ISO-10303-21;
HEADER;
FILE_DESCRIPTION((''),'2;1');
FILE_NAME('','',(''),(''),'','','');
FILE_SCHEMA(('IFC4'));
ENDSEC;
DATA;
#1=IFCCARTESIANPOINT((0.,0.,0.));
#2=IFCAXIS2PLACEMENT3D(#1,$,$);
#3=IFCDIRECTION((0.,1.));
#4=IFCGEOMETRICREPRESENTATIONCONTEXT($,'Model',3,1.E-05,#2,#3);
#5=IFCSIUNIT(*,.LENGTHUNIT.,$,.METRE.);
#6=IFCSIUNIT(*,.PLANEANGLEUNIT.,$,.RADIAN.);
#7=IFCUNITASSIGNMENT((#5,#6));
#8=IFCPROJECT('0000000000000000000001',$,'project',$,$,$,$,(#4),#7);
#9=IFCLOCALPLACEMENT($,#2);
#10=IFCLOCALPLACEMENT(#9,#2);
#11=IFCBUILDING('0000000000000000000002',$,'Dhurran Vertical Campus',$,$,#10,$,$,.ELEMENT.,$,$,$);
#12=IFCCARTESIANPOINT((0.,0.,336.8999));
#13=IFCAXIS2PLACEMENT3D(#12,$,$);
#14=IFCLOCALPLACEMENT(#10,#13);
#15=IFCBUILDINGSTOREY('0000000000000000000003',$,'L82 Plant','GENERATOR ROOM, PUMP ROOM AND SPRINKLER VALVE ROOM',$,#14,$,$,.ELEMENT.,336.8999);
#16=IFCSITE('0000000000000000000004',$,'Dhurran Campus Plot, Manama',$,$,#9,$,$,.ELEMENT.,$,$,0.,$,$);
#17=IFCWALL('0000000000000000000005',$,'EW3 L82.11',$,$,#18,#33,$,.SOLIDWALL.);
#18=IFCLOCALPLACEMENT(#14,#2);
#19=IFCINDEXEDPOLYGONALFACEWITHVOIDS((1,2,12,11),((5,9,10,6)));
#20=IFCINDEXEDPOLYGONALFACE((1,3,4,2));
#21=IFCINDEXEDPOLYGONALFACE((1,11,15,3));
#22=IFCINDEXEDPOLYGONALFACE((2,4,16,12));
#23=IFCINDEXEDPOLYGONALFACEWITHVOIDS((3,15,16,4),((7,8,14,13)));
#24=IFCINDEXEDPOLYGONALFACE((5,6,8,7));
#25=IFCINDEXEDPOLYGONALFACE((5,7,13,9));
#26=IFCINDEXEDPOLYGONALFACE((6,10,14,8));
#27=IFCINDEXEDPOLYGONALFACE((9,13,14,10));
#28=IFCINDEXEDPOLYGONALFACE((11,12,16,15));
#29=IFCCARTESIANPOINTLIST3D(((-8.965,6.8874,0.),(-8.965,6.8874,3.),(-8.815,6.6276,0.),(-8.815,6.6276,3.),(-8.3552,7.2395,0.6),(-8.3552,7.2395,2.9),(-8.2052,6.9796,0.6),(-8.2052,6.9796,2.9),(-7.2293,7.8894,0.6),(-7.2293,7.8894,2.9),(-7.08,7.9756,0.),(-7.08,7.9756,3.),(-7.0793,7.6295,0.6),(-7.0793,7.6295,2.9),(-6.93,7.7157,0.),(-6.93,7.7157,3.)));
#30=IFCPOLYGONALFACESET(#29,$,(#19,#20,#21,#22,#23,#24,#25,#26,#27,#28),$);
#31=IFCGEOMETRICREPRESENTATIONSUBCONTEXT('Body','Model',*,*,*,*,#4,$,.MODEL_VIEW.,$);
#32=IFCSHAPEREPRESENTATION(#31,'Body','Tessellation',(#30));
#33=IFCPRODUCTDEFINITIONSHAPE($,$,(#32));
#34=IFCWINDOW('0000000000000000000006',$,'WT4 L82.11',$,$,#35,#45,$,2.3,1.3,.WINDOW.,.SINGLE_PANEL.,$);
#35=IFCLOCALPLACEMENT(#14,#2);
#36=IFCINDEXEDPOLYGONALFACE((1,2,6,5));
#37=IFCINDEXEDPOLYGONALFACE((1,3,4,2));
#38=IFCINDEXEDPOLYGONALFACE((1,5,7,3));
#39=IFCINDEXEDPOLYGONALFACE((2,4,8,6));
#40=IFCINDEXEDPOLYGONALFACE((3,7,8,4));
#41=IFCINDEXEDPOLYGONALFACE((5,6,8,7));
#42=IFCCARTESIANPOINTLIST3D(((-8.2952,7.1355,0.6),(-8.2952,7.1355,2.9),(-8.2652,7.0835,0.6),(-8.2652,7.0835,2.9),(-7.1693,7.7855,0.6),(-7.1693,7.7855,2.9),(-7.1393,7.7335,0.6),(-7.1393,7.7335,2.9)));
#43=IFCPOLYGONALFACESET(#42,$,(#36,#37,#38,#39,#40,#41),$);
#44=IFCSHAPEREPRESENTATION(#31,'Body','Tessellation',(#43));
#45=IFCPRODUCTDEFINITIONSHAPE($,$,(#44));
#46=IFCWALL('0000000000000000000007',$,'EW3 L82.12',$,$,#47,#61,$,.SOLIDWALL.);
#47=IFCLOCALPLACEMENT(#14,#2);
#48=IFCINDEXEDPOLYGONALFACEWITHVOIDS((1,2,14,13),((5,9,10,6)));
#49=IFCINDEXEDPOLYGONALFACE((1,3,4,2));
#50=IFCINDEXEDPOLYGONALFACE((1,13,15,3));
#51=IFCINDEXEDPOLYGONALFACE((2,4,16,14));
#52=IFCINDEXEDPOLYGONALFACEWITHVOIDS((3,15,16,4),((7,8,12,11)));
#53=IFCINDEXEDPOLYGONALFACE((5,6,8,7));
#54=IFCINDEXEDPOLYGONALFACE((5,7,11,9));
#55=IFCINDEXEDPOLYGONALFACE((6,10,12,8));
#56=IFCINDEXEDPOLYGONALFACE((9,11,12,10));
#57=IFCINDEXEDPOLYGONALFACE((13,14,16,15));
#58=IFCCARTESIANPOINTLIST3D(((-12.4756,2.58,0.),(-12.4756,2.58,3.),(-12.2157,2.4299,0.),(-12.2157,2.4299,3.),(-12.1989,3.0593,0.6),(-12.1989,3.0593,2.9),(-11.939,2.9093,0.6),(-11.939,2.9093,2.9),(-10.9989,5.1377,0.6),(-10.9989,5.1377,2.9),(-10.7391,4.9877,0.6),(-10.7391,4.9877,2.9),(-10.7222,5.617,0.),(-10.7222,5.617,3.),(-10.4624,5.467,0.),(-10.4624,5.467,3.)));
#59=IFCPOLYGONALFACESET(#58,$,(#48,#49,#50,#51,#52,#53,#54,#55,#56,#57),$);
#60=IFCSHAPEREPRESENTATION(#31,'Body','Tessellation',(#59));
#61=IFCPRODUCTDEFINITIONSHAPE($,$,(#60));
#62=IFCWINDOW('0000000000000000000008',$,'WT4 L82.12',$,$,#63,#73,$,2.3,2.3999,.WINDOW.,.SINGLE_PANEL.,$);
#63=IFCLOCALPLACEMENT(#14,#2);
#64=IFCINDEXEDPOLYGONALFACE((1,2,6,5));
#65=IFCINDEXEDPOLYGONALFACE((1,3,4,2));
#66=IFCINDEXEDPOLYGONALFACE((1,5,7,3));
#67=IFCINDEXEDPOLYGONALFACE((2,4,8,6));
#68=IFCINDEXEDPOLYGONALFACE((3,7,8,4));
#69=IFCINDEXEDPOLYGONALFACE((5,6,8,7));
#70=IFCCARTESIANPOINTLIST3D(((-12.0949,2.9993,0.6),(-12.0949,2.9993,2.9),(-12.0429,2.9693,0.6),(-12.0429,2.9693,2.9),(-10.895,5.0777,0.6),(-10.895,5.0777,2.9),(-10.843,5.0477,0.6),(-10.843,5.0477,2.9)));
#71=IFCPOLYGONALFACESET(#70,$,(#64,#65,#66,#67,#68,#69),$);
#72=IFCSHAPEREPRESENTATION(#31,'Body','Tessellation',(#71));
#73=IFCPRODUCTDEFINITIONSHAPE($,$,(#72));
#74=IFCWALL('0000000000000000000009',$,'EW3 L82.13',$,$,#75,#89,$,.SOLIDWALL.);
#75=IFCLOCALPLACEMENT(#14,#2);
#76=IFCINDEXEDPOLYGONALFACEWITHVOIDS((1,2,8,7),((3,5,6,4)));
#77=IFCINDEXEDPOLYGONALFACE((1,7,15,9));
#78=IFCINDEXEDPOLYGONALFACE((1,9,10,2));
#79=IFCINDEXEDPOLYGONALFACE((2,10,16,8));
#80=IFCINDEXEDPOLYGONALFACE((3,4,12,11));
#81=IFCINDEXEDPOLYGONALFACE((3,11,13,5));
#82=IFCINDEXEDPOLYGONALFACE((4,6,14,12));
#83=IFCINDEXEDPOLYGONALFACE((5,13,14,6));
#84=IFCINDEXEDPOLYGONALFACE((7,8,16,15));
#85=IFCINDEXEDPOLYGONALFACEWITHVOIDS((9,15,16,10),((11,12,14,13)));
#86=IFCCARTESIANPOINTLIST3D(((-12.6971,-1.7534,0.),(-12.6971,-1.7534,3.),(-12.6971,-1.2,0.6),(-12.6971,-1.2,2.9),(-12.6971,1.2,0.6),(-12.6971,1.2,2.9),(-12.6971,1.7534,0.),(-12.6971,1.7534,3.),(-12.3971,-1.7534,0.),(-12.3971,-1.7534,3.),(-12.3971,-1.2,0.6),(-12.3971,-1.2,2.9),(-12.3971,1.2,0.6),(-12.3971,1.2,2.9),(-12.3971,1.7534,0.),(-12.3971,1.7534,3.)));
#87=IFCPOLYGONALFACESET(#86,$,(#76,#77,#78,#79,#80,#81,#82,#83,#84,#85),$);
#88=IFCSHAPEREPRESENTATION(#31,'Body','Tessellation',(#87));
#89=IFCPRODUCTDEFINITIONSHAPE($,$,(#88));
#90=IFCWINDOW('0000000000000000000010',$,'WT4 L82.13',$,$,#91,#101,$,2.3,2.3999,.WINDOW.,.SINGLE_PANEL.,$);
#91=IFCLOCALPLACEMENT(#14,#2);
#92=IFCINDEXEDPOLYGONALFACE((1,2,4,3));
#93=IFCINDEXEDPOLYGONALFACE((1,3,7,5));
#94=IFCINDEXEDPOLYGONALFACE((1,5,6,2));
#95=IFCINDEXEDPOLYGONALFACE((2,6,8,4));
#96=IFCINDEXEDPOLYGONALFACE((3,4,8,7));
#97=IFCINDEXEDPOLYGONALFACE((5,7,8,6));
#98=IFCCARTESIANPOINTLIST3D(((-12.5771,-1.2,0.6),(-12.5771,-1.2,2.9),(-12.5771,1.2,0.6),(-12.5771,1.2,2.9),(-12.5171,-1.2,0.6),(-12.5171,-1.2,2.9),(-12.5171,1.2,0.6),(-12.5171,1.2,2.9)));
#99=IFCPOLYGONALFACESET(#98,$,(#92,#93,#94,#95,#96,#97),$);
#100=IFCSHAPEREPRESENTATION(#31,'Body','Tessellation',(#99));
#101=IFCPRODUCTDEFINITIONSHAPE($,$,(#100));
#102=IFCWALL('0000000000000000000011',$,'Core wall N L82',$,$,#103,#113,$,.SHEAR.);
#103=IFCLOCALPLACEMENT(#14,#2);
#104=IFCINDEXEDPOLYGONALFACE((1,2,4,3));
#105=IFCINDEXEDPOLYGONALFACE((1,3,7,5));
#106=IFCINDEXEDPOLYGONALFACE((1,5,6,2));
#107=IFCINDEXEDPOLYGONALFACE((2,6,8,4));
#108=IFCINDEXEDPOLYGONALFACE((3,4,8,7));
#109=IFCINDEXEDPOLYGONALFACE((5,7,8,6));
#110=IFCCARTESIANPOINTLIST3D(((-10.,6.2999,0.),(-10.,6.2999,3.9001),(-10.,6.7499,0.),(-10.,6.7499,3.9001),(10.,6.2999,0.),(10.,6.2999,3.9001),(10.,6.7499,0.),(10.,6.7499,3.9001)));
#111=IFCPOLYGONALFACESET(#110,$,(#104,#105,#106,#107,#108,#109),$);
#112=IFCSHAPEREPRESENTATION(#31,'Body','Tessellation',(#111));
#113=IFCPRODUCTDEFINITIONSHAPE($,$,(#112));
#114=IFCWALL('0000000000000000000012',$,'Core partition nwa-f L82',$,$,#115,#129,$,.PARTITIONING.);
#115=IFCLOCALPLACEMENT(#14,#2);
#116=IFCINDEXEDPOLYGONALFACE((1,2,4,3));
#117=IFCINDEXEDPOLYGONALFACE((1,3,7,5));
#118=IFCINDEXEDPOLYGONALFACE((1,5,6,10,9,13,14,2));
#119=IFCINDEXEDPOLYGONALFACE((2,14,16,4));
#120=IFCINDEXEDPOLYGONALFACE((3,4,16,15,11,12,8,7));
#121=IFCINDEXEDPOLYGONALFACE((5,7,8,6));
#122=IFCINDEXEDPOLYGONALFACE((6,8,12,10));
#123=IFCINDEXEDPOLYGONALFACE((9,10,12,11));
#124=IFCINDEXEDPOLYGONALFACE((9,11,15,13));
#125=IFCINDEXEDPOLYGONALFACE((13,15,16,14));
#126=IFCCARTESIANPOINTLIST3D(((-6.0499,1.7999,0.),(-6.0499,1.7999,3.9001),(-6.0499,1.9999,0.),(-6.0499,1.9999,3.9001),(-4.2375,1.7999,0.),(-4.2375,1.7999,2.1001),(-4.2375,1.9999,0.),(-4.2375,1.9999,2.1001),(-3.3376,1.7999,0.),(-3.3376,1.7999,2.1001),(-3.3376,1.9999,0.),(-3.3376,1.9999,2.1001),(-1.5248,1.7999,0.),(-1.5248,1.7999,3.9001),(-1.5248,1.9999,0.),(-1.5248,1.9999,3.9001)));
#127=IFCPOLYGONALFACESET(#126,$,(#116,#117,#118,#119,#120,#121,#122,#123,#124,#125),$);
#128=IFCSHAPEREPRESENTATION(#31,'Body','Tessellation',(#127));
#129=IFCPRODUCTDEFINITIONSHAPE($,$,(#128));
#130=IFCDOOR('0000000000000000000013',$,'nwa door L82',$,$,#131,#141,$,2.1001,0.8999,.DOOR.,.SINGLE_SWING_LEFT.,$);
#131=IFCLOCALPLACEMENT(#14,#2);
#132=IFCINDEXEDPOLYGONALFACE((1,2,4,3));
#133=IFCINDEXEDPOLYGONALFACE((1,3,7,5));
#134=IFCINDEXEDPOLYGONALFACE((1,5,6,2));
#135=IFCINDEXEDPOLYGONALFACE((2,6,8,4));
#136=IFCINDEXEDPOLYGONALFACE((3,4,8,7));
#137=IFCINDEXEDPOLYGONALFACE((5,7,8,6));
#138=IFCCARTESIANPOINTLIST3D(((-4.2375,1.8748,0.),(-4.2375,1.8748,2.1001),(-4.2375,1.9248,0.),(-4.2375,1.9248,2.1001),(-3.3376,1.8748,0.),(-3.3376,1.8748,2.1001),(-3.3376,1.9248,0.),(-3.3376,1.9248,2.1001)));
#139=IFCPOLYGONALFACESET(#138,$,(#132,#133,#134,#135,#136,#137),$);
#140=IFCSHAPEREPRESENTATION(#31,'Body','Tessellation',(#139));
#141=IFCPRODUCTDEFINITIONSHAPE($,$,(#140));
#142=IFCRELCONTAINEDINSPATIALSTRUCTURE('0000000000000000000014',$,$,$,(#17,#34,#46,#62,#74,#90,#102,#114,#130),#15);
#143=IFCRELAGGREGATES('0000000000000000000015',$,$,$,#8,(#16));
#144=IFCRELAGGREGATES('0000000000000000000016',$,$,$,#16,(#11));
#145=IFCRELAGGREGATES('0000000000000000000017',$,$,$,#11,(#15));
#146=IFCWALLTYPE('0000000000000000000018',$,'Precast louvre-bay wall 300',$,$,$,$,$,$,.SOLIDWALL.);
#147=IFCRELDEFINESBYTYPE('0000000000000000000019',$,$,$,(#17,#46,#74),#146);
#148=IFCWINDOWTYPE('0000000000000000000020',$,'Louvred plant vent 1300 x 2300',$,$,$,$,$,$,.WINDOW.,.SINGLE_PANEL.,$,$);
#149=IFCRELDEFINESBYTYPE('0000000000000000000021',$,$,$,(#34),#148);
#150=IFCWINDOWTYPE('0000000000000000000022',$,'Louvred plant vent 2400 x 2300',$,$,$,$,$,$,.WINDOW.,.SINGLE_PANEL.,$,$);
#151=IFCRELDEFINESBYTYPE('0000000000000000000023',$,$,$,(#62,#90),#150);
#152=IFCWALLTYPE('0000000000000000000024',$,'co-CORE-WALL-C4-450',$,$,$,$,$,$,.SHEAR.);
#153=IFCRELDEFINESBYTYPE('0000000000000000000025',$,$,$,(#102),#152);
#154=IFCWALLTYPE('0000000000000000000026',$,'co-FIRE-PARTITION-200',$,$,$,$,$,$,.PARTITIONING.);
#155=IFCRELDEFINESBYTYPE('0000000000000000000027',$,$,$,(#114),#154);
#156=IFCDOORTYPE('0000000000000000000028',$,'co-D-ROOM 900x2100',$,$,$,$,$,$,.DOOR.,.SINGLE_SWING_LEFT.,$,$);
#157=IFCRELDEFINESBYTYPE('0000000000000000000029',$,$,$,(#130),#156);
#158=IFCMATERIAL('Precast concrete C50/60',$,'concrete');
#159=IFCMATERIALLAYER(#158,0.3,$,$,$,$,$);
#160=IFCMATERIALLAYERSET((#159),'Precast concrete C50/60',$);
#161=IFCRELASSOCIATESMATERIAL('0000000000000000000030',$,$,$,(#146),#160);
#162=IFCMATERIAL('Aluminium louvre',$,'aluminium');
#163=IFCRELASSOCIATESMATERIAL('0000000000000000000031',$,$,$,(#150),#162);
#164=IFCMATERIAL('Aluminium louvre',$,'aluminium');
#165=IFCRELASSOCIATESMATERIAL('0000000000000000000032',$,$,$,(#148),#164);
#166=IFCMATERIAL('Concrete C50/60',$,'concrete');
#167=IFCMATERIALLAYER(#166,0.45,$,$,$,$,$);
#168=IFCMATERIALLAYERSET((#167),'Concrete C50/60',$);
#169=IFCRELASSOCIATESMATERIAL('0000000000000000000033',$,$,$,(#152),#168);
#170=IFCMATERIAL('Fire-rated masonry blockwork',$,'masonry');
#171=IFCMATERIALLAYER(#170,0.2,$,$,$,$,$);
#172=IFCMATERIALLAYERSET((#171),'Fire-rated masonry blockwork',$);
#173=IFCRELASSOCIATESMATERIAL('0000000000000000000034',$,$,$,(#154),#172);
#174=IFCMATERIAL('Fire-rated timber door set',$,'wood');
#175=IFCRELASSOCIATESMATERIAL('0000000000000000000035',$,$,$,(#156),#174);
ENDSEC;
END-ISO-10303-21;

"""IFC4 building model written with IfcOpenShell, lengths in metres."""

from ifc_helpers import new_model, si_unit, direction, frame, frame_2d, origin, place, context, subcontext, project, spatial, rectangle, extrude, material, layer, layer_set, type_object, element, fill, save


model = new_model("IFC4")

# Units and contexts
model_context = context("Model", 3, precision=1e-05, world=origin(), true_north=direction((0.0, 1.0)))
body_context = subcontext(model_context, "Body", "Model", "MODEL_VIEW")
ifc_project = project(units=[si_unit("LENGTHUNIT", "METRE"), si_unit("PLANEANGLEUNIT", "RADIAN")], contexts=[model_context])

# Site, building, storey
site_placement = place(None, origin())
site = spatial("IfcSite", under=ifc_project, at=site_placement, Name="Dhurran Campus Plot, Manama", CompositionType="ELEMENT", RefElevation=0.0)
building_placement = place(site_placement, origin())
building = spatial("IfcBuilding", under=site, at=building_placement, Name="Dhurran Vertical Campus", CompositionType="ELEMENT")
storey_placement = place(building_placement, frame((0.0, 0.0, 336.8999)))
storey = spatial("IfcBuildingStorey", under=building, at=storey_placement, Name="L82 Plant", Description="GENERATOR ROOM, PUMP ROOM AND SPRINKLER VALVE ROOM", CompositionType="ELEMENT", Elevation=336.8999)

# Walls, openings, windows
ifc_material_1 = material(Name="Precast concrete C50/60", Category="concrete")
ifc_layer_1 = layer(ifc_material_1, 0.3)
ifc_layer_set_1 = layer_set([ifc_layer_1], Name="Precast concrete C50/60")
wall_type_1 = type_object("IfcWallType", Name="Precast louvre-bay wall 300", PredefinedType="SOLIDWALL", material=ifc_layer_set_1)
ifc_material_2 = material(Name="Aluminium louvre", Category="aluminium")
window_type_1 = type_object("IfcWindowType", Name="Louvred plant vent 2400 x 2300", PartitioningType="SINGLE_PANEL", PredefinedType="WINDOW", material=ifc_material_2)
wall_1_placement = place(storey_placement, frame((-7.0049, 7.8457, 0.0), z_axis=(0.0, 0.0, 1.0), x_axis=(-0.86606, -0.499939, 0.0)))
wall_1 = element("IfcWall", 1, at=wall_1_placement, inside=storey, type_object=wall_type_1, Name="EW3 L82.11", PredefinedType="SOLIDWALL", context=body_context, shape_type="SweptSolid", body=[
    extrude(rectangle(XDim=2.1765, YDim=0.3, at=frame_2d((1.0884, 0.0))), origin(), (0.0, 0.0, 1.0), 3.0),
])
opening_1_placement = place(wall_1_placement, frame((0.1726, 0.0, 0.6001)))
opening_1 = element("IfcOpeningElement", 2, at=opening_1_placement, cuts=wall_1, PredefinedType="OPENING", context=body_context, shape_type="SweptSolid", body=[
    extrude(rectangle(XDim=1.3, YDim=2.3, at=frame_2d((0.6499, 1.1499))), frame((0.0, 0.1599, 0.0), z_axis=(0.0, -1.0, 0.0), x_axis=(1.0, 0.0, 0.0)), (0.0, 0.0, 1.0), 0.3201),
])
ifc_material_3 = material(Name="Aluminium louvre", Category="aluminium")
window_type_2 = type_object("IfcWindowType", Name="Louvred plant vent 1300 x 2300", PartitioningType="SINGLE_PANEL", PredefinedType="WINDOW", material=ifc_material_3)
window_1_placement = place(opening_1_placement, origin())
window_1 = element("IfcWindow", 3, at=window_1_placement, inside=storey, type_object=window_type_2, Name="WT4 L82.11", OverallHeight=2.3, OverallWidth=1.3, PartitioningType="SINGLE_PANEL", PredefinedType="WINDOW", context=body_context, shape_type="SweptSolid", body=[
    extrude(rectangle(XDim=1.3, YDim=2.3, at=frame_2d((0.6499, 1.1499))), frame((0.0, 0.03, 0.0), z_axis=(0.0, -1.0, 0.0), x_axis=(1.0, 0.0, 0.0)), (0.0, 0.0, 1.0), 0.0601),
])
fill(opening_1, window_1)
wall_2_placement = place(storey_placement, frame((-10.5923, 5.542, 0.0), z_axis=(0.0, 0.0, 1.0), x_axis=(-0.499988, -0.866033, 0.0)))
wall_2 = element("IfcWall", 4, at=wall_2_placement, inside=storey, type_object=wall_type_1, Name="EW3 L82.12", PredefinedType="SOLIDWALL", context=body_context, shape_type="SweptSolid", body=[
    extrude(rectangle(XDim=3.5068, YDim=0.3, at=frame_2d((1.7534, 0.0))), origin(), (0.0, 0.0, 1.0), 3.0),
])
opening_2_placement = place(wall_2_placement, frame((0.5535, 0.0, 0.6001)))
opening_2 = element("IfcOpeningElement", 5, at=opening_2_placement, cuts=wall_2, PredefinedType="OPENING", context=body_context, shape_type="SweptSolid", body=[
    extrude(rectangle(XDim=2.3999, YDim=2.3, at=frame_2d((1.2, 1.1499))), frame((0.0, 0.1599, 0.0), z_axis=(0.0, -1.0, 0.0), x_axis=(1.0, 0.0, 0.0)), (0.0, 0.0, 1.0), 0.3201),
])
window_2_placement = place(opening_2_placement, origin())
window_2 = element("IfcWindow", 6, at=window_2_placement, inside=storey, type_object=window_type_1, Name="WT4 L82.12", OverallHeight=2.3, OverallWidth=2.3999, PartitioningType="SINGLE_PANEL", PredefinedType="WINDOW", context=body_context, shape_type="SweptSolid", body=[
    extrude(rectangle(XDim=2.3999, YDim=2.3, at=frame_2d((1.2, 1.1499))), frame((0.0, 0.03, 0.0), z_axis=(0.0, -1.0, 0.0), x_axis=(1.0, 0.0, 0.0)), (0.0, 0.0, 1.0), 0.0601),
])
fill(opening_2, window_2)
wall_3_placement = place(storey_placement, frame((-12.5471, 1.7534, 0.0), z_axis=(0.0, 0.0, 1.0), x_axis=(0.0, -1.0, 0.0)))
wall_3 = element("IfcWall", 7, at=wall_3_placement, inside=storey, type_object=wall_type_1, Name="EW3 L82.13", PredefinedType="SOLIDWALL", context=body_context, shape_type="SweptSolid", body=[
    extrude(rectangle(XDim=3.5068, YDim=0.3, at=frame_2d((1.7534, 0.0))), origin(), (0.0, 0.0, 1.0), 3.0),
])
opening_3_placement = place(wall_3_placement, frame((0.5535, 0.0, 0.6001)))
opening_3 = element("IfcOpeningElement", 8, at=opening_3_placement, cuts=wall_3, PredefinedType="OPENING", context=body_context, shape_type="SweptSolid", body=[
    extrude(rectangle(XDim=2.3999, YDim=2.3, at=frame_2d((1.2, 1.1499))), frame((0.0, 0.1599, 0.0), z_axis=(0.0, -1.0, 0.0), x_axis=(1.0, 0.0, 0.0)), (0.0, 0.0, 1.0), 0.3201),
])
window_3_placement = place(opening_3_placement, origin())
window_3 = element("IfcWindow", 9, at=window_3_placement, inside=storey, type_object=window_type_1, Name="WT4 L82.13", OverallHeight=2.3, OverallWidth=2.3999, PartitioningType="SINGLE_PANEL", PredefinedType="WINDOW", context=body_context, shape_type="SweptSolid", body=[
    extrude(rectangle(XDim=2.3999, YDim=2.3, at=frame_2d((1.2, 1.1499))), frame((0.0, 0.03, 0.0), z_axis=(0.0, -1.0, 0.0), x_axis=(1.0, 0.0, 0.0)), (0.0, 0.0, 1.0), 0.0601),
])
fill(opening_3, window_3)

# Wall
ifc_material_4 = material(Name="Concrete C50/60", Category="concrete")
ifc_layer_2 = layer(ifc_material_4, 0.45)
ifc_layer_set_2 = layer_set([ifc_layer_2], Name="Concrete C50/60")
wall_type_2 = type_object("IfcWallType", Name="co-CORE-WALL-C4-450", PredefinedType="SHEAR", material=ifc_layer_set_2)
wall_4_placement = place(storey_placement, frame((-10.0, 6.5249, 0.0), z_axis=(0.0, 0.0, 1.0), x_axis=(1.0, 0.0, 0.0)))
element("IfcWall", 10, at=wall_4_placement, inside=storey, type_object=wall_type_2, Name="Core wall N L82", PredefinedType="SHEAR", context=body_context, shape_type="SweptSolid", body=[
    extrude(rectangle(XDim=20.0, YDim=0.45, at=frame_2d((10.0, 0.0))), origin(), (0.0, 0.0, 1.0), 3.9001),
])

# Wall, opening, door
ifc_material_5 = material(Name="Fire-rated masonry blockwork", Category="masonry")
ifc_layer_3 = layer(ifc_material_5, 0.2)
ifc_layer_set_3 = layer_set([ifc_layer_3], Name="Fire-rated masonry blockwork")
wall_type_3 = type_object("IfcWallType", Name="co-FIRE-PARTITION-200", PredefinedType="PARTITIONING", material=ifc_layer_set_3)
wall_5_placement = place(storey_placement, frame((-6.05, 1.8999, 0.0), z_axis=(0.0, 0.0, 1.0), x_axis=(1.0, 0.0, 0.0)))
wall_5 = element("IfcWall", 11, at=wall_5_placement, inside=storey, type_object=wall_type_3, Name="Core partition nwa-f L82", PredefinedType="PARTITIONING", context=body_context, shape_type="SweptSolid", body=[
    extrude(rectangle(XDim=4.5251, YDim=0.2, at=frame_2d((2.2627, 0.0))), origin(), (0.0, 0.0, 1.0), 3.9001),
])
opening_4_placement = place(wall_5_placement, frame((1.8125, 0.0, 0.0)))
opening_4 = element("IfcOpeningElement", 12, at=opening_4_placement, cuts=wall_5, PredefinedType="OPENING", context=body_context, shape_type="SweptSolid", body=[
    extrude(rectangle(XDim=0.8999, YDim=2.1001, at=frame_2d((0.45, 1.05))), frame((0.0, 0.1099, 0.0), z_axis=(0.0, -1.0, 0.0), x_axis=(1.0, 0.0, 0.0)), (0.0, 0.0, 1.0), 0.22),
])
ifc_material_6 = material(Name="Fire-rated timber door set", Category="wood")
door_type_1 = type_object("IfcDoorType", Name="co-D-ROOM 900x2100", OperationType="SINGLE_SWING_LEFT", PredefinedType="DOOR", material=ifc_material_6)
door_1_placement = place(opening_4_placement, origin())
door_1 = element("IfcDoor", 13, at=door_1_placement, inside=storey, type_object=door_type_1, Name="nwa door L82", OperationType="SINGLE_SWING_LEFT", OverallHeight=2.1001, OverallWidth=0.8999, PredefinedType="DOOR", context=body_context, shape_type="SweptSolid", body=[
    extrude(rectangle(XDim=0.8999, YDim=2.1001, at=frame_2d((0.45, 1.05))), frame((0.0, 0.0249, 0.0), z_axis=(0.0, -1.0, 0.0), x_axis=(1.0, 0.0, 0.0)), (0.0, 0.0, 1.0), 0.05),
])
fill(opening_4, door_1)

save(model, "model.ifc")
